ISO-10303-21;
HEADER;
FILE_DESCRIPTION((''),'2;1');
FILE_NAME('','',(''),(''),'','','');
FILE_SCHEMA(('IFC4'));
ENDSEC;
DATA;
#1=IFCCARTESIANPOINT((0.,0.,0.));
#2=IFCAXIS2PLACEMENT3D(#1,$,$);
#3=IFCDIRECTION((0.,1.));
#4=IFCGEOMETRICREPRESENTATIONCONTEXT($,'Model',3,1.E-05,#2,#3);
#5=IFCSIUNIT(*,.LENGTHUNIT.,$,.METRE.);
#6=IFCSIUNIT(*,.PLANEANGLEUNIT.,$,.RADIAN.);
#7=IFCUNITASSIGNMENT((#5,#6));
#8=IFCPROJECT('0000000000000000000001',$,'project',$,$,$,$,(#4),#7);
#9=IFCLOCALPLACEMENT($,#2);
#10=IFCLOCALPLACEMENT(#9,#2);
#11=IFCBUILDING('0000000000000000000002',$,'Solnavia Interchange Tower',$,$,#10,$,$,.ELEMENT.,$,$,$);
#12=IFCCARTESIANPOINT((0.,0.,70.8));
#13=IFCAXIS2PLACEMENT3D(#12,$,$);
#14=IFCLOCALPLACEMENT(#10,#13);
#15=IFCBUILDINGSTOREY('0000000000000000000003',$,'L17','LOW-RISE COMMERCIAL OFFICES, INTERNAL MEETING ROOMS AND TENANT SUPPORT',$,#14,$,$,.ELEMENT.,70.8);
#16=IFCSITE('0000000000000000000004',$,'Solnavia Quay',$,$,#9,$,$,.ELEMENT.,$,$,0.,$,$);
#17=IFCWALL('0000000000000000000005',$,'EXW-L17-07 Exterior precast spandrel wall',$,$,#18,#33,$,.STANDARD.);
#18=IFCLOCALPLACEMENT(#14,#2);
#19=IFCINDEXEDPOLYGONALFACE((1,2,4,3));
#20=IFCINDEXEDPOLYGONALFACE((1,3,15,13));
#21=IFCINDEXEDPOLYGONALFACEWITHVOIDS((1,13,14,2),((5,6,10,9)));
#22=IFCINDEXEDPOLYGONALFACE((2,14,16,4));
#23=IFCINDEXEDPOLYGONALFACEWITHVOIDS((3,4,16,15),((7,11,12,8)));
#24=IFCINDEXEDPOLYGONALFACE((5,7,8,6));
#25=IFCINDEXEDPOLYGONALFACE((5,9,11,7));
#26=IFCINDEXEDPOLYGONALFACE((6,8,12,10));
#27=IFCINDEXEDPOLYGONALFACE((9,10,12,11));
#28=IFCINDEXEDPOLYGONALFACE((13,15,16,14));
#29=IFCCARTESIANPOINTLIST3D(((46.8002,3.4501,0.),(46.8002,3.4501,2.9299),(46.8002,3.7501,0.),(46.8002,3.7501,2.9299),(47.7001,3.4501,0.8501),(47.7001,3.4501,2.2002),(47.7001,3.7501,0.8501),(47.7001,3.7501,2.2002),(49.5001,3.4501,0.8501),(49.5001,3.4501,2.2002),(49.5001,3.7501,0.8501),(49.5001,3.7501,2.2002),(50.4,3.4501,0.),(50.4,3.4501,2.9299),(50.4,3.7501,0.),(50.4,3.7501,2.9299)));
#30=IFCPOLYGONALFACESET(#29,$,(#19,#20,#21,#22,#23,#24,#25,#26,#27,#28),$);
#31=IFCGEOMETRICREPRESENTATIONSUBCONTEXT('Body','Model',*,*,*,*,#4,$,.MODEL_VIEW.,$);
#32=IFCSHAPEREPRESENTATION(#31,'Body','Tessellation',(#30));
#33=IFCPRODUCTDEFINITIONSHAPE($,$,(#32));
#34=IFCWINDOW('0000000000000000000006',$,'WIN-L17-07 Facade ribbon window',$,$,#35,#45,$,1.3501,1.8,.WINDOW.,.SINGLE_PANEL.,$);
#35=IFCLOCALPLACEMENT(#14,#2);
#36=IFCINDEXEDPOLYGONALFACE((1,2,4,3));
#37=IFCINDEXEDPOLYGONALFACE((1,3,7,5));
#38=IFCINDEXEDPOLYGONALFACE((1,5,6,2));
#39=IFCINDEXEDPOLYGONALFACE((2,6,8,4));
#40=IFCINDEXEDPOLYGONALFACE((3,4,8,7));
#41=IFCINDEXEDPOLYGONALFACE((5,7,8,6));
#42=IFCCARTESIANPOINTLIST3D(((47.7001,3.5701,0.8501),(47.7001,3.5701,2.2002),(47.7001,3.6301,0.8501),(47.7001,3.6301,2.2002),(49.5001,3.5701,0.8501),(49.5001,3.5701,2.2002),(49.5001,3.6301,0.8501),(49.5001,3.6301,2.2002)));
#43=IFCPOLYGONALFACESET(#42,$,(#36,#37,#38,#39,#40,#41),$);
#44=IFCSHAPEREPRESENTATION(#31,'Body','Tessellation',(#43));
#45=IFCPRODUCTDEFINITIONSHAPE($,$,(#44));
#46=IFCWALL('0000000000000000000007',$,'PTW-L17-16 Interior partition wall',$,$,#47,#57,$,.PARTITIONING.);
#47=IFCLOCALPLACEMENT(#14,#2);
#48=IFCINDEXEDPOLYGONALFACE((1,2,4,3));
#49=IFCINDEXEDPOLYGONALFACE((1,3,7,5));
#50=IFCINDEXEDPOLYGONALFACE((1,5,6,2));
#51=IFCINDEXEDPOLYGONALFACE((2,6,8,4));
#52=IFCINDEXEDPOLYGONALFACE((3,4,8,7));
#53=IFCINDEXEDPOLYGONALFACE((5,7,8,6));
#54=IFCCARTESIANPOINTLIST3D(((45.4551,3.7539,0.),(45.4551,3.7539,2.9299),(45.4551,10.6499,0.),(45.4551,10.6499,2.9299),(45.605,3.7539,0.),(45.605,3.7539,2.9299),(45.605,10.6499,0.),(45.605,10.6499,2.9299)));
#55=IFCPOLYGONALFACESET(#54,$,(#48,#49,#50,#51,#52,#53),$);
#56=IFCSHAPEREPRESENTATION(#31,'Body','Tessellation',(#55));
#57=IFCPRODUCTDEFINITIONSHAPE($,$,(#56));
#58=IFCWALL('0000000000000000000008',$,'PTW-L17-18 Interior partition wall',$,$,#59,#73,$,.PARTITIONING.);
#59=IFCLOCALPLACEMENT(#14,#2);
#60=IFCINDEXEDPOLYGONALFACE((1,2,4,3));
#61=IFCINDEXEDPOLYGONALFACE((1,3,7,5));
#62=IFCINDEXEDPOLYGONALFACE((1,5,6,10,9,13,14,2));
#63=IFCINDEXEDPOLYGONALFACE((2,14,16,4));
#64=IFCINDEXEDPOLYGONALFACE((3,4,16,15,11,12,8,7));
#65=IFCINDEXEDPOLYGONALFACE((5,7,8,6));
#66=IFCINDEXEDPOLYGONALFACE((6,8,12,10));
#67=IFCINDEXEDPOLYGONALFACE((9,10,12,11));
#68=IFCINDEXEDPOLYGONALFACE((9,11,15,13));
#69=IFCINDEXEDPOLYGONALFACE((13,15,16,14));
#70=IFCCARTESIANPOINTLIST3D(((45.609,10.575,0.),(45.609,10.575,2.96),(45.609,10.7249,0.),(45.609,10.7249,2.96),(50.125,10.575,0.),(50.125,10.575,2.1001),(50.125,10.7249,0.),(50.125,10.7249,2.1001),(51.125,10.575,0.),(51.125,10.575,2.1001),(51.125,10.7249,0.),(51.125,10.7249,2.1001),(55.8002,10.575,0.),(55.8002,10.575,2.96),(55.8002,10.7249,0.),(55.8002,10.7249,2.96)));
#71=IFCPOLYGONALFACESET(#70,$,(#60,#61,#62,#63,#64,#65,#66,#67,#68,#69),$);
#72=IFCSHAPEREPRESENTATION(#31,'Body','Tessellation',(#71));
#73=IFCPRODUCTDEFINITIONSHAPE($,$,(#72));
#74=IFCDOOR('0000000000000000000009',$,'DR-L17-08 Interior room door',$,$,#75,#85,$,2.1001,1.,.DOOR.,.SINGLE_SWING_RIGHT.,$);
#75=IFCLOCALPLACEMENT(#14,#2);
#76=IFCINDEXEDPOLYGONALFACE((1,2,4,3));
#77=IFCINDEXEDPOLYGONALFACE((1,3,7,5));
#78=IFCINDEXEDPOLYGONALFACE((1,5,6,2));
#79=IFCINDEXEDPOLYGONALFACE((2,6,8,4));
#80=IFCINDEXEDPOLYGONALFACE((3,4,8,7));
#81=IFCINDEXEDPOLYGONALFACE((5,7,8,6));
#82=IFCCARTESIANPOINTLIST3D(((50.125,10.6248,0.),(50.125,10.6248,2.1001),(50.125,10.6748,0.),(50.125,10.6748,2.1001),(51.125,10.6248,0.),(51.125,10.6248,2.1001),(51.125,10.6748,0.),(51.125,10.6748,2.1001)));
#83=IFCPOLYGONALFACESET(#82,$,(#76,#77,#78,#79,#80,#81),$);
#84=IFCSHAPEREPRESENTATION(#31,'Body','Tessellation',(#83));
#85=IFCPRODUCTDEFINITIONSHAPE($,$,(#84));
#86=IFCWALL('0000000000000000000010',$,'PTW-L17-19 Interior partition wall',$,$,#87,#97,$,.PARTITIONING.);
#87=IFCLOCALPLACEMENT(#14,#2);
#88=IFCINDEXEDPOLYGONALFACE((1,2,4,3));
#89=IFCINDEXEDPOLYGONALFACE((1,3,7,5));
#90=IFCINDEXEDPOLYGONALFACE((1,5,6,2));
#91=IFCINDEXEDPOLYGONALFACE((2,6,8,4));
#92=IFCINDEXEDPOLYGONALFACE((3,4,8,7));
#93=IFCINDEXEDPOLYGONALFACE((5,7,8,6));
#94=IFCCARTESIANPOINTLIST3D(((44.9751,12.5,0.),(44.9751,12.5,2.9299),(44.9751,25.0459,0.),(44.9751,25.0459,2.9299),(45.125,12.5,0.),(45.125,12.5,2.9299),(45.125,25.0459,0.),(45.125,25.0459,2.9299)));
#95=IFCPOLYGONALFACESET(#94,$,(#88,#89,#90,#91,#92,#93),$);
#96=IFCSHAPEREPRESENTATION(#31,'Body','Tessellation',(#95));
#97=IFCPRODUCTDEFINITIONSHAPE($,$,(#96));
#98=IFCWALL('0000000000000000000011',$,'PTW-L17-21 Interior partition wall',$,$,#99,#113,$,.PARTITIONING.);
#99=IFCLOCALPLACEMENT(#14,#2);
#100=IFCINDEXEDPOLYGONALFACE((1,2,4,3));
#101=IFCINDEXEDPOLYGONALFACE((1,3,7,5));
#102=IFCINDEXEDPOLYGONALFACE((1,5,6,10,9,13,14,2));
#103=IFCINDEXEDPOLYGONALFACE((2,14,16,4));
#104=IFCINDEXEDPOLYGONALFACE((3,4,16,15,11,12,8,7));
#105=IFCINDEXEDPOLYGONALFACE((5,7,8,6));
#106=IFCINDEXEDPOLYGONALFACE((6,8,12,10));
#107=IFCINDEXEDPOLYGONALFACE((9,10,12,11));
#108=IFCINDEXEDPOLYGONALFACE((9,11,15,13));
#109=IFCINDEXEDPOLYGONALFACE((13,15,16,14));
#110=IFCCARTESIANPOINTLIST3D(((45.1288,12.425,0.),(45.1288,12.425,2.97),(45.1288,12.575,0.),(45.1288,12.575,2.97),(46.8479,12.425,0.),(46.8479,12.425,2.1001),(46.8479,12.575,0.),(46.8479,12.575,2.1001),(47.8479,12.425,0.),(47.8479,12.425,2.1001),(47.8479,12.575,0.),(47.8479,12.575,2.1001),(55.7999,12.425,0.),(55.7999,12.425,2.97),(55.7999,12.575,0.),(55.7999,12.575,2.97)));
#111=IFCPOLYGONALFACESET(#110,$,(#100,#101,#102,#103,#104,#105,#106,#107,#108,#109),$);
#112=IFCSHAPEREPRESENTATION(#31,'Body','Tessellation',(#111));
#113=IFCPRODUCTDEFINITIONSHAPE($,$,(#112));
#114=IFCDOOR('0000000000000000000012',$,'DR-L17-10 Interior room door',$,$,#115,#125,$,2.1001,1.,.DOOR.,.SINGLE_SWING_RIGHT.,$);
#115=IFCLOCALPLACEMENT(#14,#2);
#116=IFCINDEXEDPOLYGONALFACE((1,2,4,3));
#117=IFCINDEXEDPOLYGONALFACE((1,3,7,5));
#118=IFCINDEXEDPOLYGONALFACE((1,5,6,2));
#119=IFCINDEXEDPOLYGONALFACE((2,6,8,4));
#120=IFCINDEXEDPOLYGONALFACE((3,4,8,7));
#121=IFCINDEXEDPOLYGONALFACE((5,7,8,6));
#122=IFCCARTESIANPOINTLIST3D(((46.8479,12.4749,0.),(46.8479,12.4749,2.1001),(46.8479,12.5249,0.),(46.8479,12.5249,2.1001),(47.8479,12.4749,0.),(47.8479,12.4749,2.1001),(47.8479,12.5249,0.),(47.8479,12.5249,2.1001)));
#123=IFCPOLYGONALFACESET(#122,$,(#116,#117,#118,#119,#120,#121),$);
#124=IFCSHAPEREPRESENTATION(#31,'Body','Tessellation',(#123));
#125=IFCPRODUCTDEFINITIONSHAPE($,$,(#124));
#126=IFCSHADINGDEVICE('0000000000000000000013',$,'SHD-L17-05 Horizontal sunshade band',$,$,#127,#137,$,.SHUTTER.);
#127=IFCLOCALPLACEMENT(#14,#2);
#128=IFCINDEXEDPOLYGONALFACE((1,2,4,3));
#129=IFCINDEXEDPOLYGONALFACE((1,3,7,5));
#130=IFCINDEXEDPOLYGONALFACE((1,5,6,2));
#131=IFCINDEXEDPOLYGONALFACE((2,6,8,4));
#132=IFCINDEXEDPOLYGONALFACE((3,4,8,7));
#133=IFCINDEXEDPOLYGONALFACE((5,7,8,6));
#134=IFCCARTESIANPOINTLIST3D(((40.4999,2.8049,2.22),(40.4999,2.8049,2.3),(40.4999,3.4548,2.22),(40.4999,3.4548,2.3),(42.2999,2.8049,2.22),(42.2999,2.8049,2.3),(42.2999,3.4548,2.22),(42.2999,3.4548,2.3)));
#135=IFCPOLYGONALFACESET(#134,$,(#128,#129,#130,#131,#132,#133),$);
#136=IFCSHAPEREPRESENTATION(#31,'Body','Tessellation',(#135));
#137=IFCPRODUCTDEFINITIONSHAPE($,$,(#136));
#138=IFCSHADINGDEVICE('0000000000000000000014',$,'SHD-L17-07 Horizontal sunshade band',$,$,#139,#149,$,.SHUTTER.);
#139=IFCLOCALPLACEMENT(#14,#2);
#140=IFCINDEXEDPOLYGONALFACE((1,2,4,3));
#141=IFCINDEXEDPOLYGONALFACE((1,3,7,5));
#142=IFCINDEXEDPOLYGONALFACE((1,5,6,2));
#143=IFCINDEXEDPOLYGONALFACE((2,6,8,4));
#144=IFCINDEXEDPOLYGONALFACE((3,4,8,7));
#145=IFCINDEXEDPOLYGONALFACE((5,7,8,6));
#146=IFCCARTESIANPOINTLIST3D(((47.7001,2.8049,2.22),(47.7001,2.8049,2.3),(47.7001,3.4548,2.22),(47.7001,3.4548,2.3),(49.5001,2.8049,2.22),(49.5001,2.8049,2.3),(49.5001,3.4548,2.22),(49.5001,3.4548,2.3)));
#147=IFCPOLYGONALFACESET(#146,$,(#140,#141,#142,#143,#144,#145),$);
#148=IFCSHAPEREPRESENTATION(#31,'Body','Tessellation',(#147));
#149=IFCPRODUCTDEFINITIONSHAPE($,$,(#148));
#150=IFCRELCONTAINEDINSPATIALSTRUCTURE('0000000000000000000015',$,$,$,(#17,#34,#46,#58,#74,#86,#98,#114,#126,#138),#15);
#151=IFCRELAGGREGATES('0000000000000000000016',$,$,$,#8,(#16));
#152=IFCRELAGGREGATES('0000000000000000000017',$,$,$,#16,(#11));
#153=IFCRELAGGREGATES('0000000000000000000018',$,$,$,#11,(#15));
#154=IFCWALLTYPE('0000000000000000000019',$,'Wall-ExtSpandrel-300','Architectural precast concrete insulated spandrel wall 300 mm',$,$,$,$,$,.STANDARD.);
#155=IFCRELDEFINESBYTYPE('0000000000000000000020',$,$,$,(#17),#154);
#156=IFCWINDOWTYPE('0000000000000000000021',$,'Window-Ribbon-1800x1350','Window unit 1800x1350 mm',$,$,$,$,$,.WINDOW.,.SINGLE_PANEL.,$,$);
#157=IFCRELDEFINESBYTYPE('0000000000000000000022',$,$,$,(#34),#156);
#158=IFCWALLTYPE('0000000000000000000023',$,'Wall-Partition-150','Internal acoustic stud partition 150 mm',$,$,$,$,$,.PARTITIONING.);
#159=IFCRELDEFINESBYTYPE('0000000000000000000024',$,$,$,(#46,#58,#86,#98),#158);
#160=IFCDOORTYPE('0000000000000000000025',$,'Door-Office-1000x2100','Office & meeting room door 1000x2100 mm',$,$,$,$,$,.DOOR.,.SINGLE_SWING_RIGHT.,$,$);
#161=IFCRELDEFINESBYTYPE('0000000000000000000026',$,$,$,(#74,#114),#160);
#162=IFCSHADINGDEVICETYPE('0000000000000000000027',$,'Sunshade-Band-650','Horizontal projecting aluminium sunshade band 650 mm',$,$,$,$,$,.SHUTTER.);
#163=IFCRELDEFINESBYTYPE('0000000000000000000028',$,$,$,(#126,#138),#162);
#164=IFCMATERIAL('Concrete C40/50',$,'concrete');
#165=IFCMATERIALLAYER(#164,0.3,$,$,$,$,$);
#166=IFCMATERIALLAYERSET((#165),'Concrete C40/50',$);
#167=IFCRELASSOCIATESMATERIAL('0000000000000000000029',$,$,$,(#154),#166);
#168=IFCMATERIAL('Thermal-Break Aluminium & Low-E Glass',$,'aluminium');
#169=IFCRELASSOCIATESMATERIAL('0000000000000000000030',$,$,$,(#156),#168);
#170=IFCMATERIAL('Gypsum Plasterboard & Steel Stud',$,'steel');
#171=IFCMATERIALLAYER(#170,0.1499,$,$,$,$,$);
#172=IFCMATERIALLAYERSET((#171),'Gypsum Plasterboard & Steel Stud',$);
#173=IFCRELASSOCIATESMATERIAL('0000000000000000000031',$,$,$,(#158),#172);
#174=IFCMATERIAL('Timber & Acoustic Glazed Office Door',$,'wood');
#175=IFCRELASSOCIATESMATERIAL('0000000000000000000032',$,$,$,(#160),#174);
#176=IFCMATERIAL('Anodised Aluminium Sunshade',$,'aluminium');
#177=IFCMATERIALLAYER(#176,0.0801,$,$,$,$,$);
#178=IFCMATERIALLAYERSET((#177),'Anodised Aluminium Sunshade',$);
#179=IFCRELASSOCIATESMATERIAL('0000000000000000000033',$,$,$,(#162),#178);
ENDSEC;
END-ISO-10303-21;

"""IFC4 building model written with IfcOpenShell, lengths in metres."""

from ifc_helpers import new_model, si_unit, direction, frame, frame_2d, origin, origin_2d, place, context, subcontext, project, spatial, rectangle, extrude, material, layer, layer_set, type_object, element, fill, save


model = new_model("IFC4")

# Units and contexts
model_context = context("Model", 3, precision=1e-05, world=origin(), true_north=direction((0.0, 1.0)))
body_context = subcontext(model_context, "Body", "Model", "MODEL_VIEW")
ifc_project = project(units=[si_unit("LENGTHUNIT", "METRE"), si_unit("PLANEANGLEUNIT", "RADIAN")], contexts=[model_context])

# Site, building, storey
site_placement = place(None, origin())
site = spatial("IfcSite", under=ifc_project, at=site_placement, Name="Solnavia Quay", CompositionType="ELEMENT", RefElevation=0.0)
building_placement = place(site_placement, origin())
building = spatial("IfcBuilding", under=site, at=building_placement, Name="Solnavia Interchange Tower", CompositionType="ELEMENT")
storey_placement = place(building_placement, frame((0.0, 0.0, 70.8)))
storey = spatial("IfcBuildingStorey", under=building, at=storey_placement, Name="L17", Description="LOW-RISE COMMERCIAL OFFICES, INTERNAL MEETING ROOMS AND TENANT SUPPORT", CompositionType="ELEMENT", Elevation=70.8)

# Shared definitions
ifc_material_1 = material(Name="Concrete C40/50", Category="concrete")
ifc_layer_1 = layer(ifc_material_1, 0.3)
ifc_layer_set_1 = layer_set([ifc_layer_1], Name="Concrete C40/50")
wall_type_1 = type_object("IfcWallType", Name="Wall-ExtSpandrel-300", Description="Architectural precast concrete insulated spandrel wall 300 mm", PredefinedType="STANDARD", material=ifc_layer_set_1)
ifc_material_2 = material(Name="Thermal-Break Aluminium & Low-E Glass", Category="aluminium")
window_type = type_object("IfcWindowType", Name="Window-Ribbon-1800x1350", Description="Window unit 1800x1350 mm", PartitioningType="SINGLE_PANEL", PredefinedType="WINDOW", material=ifc_material_2)

# Wall, opening, window
wall_1_placement = place(storey_placement, frame((50.3999, 3.6001, 0.0), z_axis=(0.0, 0.0, 1.0), x_axis=(-1.0, 0.0, 0.0)))
wall_1 = element("IfcWall", 1, at=wall_1_placement, inside=storey, type_object=wall_type_1, Name="EXW-L17-07 Exterior precast spandrel wall", PredefinedType="STANDARD", context=body_context, shape_type="SweptSolid", body=[
    extrude(rectangle(XDim=3.5999, YDim=0.3, at=frame_2d((1.7998, 0.0))), origin(), (0.0, 0.0, 1.0), 2.9299),
])
opening_1_placement = place(wall_1_placement, frame((0.8999, 0.0, 0.8501)))
opening_1 = element("IfcOpeningElement", 2, at=opening_1_placement, cuts=wall_1, PredefinedType="OPENING", context=body_context, shape_type="SweptSolid", body=[
    extrude(rectangle(XDim=1.8, YDim=1.3501, at=frame_2d((0.8999, 0.675))), frame((0.0, 0.1602, 0.0), z_axis=(0.0, -1.0, 0.0), x_axis=(1.0, 0.0, 0.0)), (0.0, 0.0, 1.0), 0.3201),
])
window_1_placement = place(opening_1_placement, origin())
window_1 = element("IfcWindow", 3, at=window_1_placement, inside=storey, type_object=window_type, Name="WIN-L17-07 Facade ribbon window", OverallHeight=1.3501, OverallWidth=1.8, PartitioningType="SINGLE_PANEL", PredefinedType="WINDOW", context=body_context, shape_type="SweptSolid", body=[
    extrude(rectangle(XDim=1.8, YDim=1.3501, at=frame_2d((0.8999, 0.675))), frame((0.0, 0.03, 0.0), z_axis=(0.0, -1.0, 0.0), x_axis=(1.0, 0.0, 0.0)), (0.0, 0.0, 1.0), 0.0601),
])
fill(opening_1, window_1)

# Wall
ifc_material_3 = material(Name="Gypsum Plasterboard & Steel Stud", Category="steel")
ifc_layer_2 = layer(ifc_material_3, 0.1499)
ifc_layer_set_2 = layer_set([ifc_layer_2], Name="Gypsum Plasterboard & Steel Stud")
wall_type_2 = type_object("IfcWallType", Name="Wall-Partition-150", Description="Internal acoustic stud partition 150 mm", PredefinedType="PARTITIONING", material=ifc_layer_set_2)
wall_2_placement = place(storey_placement, frame((45.53, 3.7539, 0.0), z_axis=(0.0, 0.0, 1.0), x_axis=(0.0, 1.0, 0.0)))
element("IfcWall", 4, at=wall_2_placement, inside=storey, type_object=wall_type_2, Name="PTW-L17-16 Interior partition wall", PredefinedType="PARTITIONING", context=body_context, shape_type="SweptSolid", body=[
    extrude(rectangle(XDim=6.896, YDim=0.1499, at=frame_2d((3.448, 0.0))), origin(), (0.0, 0.0, 1.0), 2.9299),
])

# Wall, opening, door
wall_3_placement = place(storey_placement, frame((45.6089, 10.6499, 0.0), z_axis=(0.0, 0.0, 1.0), x_axis=(1.0, 0.0, 0.0)))
wall_3 = element("IfcWall", 5, at=wall_3_placement, inside=storey, type_object=wall_type_2, Name="PTW-L17-18 Interior partition wall", PredefinedType="PARTITIONING", context=body_context, shape_type="SweptSolid", body=[
    extrude(rectangle(XDim=10.1912, YDim=0.1499, at=frame_2d((5.0957, 0.0))), origin(), (0.0, 0.0, 1.0), 2.96),
])
opening_2_placement = place(wall_3_placement, frame((4.5161, 0.0, 0.0)))
opening_2 = element("IfcOpeningElement", 6, at=opening_2_placement, cuts=wall_3, PredefinedType="OPENING", context=body_context, shape_type="SweptSolid", body=[
    extrude(rectangle(XDim=1.0, YDim=2.1001, at=frame_2d((0.5, 1.05))), frame((0.0, 0.085, 0.0), z_axis=(0.0, -1.0, 0.0), x_axis=(1.0, 0.0, 0.0)), (0.0, 0.0, 1.0), 0.1699),
])
ifc_material_4 = material(Name="Timber & Acoustic Glazed Office Door", Category="wood")
door_type = type_object("IfcDoorType", Name="Door-Office-1000x2100", Description="Office & meeting room door 1000x2100 mm", OperationType="SINGLE_SWING_RIGHT", PredefinedType="DOOR", material=ifc_material_4)
door_1_placement = place(opening_2_placement, origin())
door_1 = element("IfcDoor", 7, at=door_1_placement, inside=storey, type_object=door_type, Name="DR-L17-08 Interior room door", OperationType="SINGLE_SWING_RIGHT", OverallHeight=2.1001, OverallWidth=1.0, PredefinedType="DOOR", context=body_context, shape_type="SweptSolid", body=[
    extrude(rectangle(XDim=1.0, YDim=2.1001, at=frame_2d((0.5, 1.05))), frame((0.0, 0.0249, 0.0), z_axis=(0.0, -1.0, 0.0), x_axis=(1.0, 0.0, 0.0)), (0.0, 0.0, 1.0), 0.05),
])
fill(opening_2, door_1)

# Wall
wall_4_placement = place(storey_placement, frame((45.05, 12.5, 0.0), z_axis=(0.0, 0.0, 1.0), x_axis=(0.0, 1.0, 0.0)))
element("IfcWall", 8, at=wall_4_placement, inside=storey, type_object=wall_type_2, Name="PTW-L17-19 Interior partition wall", PredefinedType="PARTITIONING", context=body_context, shape_type="SweptSolid", body=[
    extrude(rectangle(XDim=12.5459, YDim=0.1499, at=frame_2d((6.2729, 0.0))), origin(), (0.0, 0.0, 1.0), 2.9299),
])

# Wall, opening, door
wall_5_placement = place(storey_placement, frame((45.1289, 12.5, 0.0), z_axis=(0.0, 0.0, 1.0), x_axis=(1.0, 0.0, 0.0)))
wall_5 = element("IfcWall", 9, at=wall_5_placement, inside=storey, type_object=wall_type_2, Name="PTW-L17-21 Interior partition wall", PredefinedType="PARTITIONING", context=body_context, shape_type="SweptSolid", body=[
    extrude(rectangle(XDim=10.6711, YDim=0.1499, at=frame_2d((5.3354, 0.0))), origin(), (0.0, 0.0, 1.0), 2.97),
])
opening_3_placement = place(wall_5_placement, frame((1.719, 0.0, 0.0)))
opening_3 = element("IfcOpeningElement", 10, at=opening_3_placement, cuts=wall_5, PredefinedType="OPENING", context=body_context, shape_type="SweptSolid", body=[
    extrude(rectangle(XDim=1.0, YDim=2.1001, at=frame_2d((0.5, 1.05))), frame((0.0, 0.085, 0.0), z_axis=(0.0, -1.0, 0.0), x_axis=(1.0, 0.0, 0.0)), (0.0, 0.0, 1.0), 0.1699),
])
door_2_placement = place(opening_3_placement, origin())
door_2 = element("IfcDoor", 11, at=door_2_placement, inside=storey, type_object=door_type, Name="DR-L17-10 Interior room door", OperationType="SINGLE_SWING_RIGHT", OverallHeight=2.1001, OverallWidth=1.0, PredefinedType="DOOR", context=body_context, shape_type="SweptSolid", body=[
    extrude(rectangle(XDim=1.0, YDim=2.1001, at=frame_2d((0.5, 1.05))), frame((0.0, 0.0249, 0.0), z_axis=(0.0, -1.0, 0.0), x_axis=(1.0, 0.0, 0.0)), (0.0, 0.0, 1.0), 0.05),
])
fill(opening_3, door_2)

# Shading devices
ifc_material_5 = material(Name="Anodised Aluminium Sunshade", Category="aluminium")
ifc_layer_3 = layer(ifc_material_5, 0.0801)
ifc_layer_set_3 = layer_set([ifc_layer_3], Name="Anodised Aluminium Sunshade")
shading_device_type = type_object("IfcShadingDeviceType", Name="Sunshade-Band-650", Description="Horizontal projecting aluminium sunshade band 650 mm", PredefinedType="SHUTTER", material=ifc_layer_set_3)
for number, where, z_axis, x_axis, name in (
    (12, (41.3999, 3.1299, 2.22), (0.0, 0.0, 1.0), (-1.0, 0.0, 0.0), "SHD-L17-05 Horizontal sunshade band"),
    (13, (48.6001, 3.1299, 2.22), (0.0, 0.0, 1.0), (-1.0, 0.0, 0.0), "SHD-L17-07 Horizontal sunshade band"),
):
    element("IfcShadingDevice", number, at=place(storey_placement, frame(where, z_axis=z_axis, x_axis=x_axis)), inside=storey, type_object=shading_device_type, Name=name, PredefinedType="SHUTTER", context=body_context, shape_type="SweptSolid", body=[
        extrude(rectangle(XDim=1.8, YDim=0.6499, at=origin_2d()), origin(), (0.0, 0.0, 1.0), 0.0801),
    ])

save(model, "model.ifc")
